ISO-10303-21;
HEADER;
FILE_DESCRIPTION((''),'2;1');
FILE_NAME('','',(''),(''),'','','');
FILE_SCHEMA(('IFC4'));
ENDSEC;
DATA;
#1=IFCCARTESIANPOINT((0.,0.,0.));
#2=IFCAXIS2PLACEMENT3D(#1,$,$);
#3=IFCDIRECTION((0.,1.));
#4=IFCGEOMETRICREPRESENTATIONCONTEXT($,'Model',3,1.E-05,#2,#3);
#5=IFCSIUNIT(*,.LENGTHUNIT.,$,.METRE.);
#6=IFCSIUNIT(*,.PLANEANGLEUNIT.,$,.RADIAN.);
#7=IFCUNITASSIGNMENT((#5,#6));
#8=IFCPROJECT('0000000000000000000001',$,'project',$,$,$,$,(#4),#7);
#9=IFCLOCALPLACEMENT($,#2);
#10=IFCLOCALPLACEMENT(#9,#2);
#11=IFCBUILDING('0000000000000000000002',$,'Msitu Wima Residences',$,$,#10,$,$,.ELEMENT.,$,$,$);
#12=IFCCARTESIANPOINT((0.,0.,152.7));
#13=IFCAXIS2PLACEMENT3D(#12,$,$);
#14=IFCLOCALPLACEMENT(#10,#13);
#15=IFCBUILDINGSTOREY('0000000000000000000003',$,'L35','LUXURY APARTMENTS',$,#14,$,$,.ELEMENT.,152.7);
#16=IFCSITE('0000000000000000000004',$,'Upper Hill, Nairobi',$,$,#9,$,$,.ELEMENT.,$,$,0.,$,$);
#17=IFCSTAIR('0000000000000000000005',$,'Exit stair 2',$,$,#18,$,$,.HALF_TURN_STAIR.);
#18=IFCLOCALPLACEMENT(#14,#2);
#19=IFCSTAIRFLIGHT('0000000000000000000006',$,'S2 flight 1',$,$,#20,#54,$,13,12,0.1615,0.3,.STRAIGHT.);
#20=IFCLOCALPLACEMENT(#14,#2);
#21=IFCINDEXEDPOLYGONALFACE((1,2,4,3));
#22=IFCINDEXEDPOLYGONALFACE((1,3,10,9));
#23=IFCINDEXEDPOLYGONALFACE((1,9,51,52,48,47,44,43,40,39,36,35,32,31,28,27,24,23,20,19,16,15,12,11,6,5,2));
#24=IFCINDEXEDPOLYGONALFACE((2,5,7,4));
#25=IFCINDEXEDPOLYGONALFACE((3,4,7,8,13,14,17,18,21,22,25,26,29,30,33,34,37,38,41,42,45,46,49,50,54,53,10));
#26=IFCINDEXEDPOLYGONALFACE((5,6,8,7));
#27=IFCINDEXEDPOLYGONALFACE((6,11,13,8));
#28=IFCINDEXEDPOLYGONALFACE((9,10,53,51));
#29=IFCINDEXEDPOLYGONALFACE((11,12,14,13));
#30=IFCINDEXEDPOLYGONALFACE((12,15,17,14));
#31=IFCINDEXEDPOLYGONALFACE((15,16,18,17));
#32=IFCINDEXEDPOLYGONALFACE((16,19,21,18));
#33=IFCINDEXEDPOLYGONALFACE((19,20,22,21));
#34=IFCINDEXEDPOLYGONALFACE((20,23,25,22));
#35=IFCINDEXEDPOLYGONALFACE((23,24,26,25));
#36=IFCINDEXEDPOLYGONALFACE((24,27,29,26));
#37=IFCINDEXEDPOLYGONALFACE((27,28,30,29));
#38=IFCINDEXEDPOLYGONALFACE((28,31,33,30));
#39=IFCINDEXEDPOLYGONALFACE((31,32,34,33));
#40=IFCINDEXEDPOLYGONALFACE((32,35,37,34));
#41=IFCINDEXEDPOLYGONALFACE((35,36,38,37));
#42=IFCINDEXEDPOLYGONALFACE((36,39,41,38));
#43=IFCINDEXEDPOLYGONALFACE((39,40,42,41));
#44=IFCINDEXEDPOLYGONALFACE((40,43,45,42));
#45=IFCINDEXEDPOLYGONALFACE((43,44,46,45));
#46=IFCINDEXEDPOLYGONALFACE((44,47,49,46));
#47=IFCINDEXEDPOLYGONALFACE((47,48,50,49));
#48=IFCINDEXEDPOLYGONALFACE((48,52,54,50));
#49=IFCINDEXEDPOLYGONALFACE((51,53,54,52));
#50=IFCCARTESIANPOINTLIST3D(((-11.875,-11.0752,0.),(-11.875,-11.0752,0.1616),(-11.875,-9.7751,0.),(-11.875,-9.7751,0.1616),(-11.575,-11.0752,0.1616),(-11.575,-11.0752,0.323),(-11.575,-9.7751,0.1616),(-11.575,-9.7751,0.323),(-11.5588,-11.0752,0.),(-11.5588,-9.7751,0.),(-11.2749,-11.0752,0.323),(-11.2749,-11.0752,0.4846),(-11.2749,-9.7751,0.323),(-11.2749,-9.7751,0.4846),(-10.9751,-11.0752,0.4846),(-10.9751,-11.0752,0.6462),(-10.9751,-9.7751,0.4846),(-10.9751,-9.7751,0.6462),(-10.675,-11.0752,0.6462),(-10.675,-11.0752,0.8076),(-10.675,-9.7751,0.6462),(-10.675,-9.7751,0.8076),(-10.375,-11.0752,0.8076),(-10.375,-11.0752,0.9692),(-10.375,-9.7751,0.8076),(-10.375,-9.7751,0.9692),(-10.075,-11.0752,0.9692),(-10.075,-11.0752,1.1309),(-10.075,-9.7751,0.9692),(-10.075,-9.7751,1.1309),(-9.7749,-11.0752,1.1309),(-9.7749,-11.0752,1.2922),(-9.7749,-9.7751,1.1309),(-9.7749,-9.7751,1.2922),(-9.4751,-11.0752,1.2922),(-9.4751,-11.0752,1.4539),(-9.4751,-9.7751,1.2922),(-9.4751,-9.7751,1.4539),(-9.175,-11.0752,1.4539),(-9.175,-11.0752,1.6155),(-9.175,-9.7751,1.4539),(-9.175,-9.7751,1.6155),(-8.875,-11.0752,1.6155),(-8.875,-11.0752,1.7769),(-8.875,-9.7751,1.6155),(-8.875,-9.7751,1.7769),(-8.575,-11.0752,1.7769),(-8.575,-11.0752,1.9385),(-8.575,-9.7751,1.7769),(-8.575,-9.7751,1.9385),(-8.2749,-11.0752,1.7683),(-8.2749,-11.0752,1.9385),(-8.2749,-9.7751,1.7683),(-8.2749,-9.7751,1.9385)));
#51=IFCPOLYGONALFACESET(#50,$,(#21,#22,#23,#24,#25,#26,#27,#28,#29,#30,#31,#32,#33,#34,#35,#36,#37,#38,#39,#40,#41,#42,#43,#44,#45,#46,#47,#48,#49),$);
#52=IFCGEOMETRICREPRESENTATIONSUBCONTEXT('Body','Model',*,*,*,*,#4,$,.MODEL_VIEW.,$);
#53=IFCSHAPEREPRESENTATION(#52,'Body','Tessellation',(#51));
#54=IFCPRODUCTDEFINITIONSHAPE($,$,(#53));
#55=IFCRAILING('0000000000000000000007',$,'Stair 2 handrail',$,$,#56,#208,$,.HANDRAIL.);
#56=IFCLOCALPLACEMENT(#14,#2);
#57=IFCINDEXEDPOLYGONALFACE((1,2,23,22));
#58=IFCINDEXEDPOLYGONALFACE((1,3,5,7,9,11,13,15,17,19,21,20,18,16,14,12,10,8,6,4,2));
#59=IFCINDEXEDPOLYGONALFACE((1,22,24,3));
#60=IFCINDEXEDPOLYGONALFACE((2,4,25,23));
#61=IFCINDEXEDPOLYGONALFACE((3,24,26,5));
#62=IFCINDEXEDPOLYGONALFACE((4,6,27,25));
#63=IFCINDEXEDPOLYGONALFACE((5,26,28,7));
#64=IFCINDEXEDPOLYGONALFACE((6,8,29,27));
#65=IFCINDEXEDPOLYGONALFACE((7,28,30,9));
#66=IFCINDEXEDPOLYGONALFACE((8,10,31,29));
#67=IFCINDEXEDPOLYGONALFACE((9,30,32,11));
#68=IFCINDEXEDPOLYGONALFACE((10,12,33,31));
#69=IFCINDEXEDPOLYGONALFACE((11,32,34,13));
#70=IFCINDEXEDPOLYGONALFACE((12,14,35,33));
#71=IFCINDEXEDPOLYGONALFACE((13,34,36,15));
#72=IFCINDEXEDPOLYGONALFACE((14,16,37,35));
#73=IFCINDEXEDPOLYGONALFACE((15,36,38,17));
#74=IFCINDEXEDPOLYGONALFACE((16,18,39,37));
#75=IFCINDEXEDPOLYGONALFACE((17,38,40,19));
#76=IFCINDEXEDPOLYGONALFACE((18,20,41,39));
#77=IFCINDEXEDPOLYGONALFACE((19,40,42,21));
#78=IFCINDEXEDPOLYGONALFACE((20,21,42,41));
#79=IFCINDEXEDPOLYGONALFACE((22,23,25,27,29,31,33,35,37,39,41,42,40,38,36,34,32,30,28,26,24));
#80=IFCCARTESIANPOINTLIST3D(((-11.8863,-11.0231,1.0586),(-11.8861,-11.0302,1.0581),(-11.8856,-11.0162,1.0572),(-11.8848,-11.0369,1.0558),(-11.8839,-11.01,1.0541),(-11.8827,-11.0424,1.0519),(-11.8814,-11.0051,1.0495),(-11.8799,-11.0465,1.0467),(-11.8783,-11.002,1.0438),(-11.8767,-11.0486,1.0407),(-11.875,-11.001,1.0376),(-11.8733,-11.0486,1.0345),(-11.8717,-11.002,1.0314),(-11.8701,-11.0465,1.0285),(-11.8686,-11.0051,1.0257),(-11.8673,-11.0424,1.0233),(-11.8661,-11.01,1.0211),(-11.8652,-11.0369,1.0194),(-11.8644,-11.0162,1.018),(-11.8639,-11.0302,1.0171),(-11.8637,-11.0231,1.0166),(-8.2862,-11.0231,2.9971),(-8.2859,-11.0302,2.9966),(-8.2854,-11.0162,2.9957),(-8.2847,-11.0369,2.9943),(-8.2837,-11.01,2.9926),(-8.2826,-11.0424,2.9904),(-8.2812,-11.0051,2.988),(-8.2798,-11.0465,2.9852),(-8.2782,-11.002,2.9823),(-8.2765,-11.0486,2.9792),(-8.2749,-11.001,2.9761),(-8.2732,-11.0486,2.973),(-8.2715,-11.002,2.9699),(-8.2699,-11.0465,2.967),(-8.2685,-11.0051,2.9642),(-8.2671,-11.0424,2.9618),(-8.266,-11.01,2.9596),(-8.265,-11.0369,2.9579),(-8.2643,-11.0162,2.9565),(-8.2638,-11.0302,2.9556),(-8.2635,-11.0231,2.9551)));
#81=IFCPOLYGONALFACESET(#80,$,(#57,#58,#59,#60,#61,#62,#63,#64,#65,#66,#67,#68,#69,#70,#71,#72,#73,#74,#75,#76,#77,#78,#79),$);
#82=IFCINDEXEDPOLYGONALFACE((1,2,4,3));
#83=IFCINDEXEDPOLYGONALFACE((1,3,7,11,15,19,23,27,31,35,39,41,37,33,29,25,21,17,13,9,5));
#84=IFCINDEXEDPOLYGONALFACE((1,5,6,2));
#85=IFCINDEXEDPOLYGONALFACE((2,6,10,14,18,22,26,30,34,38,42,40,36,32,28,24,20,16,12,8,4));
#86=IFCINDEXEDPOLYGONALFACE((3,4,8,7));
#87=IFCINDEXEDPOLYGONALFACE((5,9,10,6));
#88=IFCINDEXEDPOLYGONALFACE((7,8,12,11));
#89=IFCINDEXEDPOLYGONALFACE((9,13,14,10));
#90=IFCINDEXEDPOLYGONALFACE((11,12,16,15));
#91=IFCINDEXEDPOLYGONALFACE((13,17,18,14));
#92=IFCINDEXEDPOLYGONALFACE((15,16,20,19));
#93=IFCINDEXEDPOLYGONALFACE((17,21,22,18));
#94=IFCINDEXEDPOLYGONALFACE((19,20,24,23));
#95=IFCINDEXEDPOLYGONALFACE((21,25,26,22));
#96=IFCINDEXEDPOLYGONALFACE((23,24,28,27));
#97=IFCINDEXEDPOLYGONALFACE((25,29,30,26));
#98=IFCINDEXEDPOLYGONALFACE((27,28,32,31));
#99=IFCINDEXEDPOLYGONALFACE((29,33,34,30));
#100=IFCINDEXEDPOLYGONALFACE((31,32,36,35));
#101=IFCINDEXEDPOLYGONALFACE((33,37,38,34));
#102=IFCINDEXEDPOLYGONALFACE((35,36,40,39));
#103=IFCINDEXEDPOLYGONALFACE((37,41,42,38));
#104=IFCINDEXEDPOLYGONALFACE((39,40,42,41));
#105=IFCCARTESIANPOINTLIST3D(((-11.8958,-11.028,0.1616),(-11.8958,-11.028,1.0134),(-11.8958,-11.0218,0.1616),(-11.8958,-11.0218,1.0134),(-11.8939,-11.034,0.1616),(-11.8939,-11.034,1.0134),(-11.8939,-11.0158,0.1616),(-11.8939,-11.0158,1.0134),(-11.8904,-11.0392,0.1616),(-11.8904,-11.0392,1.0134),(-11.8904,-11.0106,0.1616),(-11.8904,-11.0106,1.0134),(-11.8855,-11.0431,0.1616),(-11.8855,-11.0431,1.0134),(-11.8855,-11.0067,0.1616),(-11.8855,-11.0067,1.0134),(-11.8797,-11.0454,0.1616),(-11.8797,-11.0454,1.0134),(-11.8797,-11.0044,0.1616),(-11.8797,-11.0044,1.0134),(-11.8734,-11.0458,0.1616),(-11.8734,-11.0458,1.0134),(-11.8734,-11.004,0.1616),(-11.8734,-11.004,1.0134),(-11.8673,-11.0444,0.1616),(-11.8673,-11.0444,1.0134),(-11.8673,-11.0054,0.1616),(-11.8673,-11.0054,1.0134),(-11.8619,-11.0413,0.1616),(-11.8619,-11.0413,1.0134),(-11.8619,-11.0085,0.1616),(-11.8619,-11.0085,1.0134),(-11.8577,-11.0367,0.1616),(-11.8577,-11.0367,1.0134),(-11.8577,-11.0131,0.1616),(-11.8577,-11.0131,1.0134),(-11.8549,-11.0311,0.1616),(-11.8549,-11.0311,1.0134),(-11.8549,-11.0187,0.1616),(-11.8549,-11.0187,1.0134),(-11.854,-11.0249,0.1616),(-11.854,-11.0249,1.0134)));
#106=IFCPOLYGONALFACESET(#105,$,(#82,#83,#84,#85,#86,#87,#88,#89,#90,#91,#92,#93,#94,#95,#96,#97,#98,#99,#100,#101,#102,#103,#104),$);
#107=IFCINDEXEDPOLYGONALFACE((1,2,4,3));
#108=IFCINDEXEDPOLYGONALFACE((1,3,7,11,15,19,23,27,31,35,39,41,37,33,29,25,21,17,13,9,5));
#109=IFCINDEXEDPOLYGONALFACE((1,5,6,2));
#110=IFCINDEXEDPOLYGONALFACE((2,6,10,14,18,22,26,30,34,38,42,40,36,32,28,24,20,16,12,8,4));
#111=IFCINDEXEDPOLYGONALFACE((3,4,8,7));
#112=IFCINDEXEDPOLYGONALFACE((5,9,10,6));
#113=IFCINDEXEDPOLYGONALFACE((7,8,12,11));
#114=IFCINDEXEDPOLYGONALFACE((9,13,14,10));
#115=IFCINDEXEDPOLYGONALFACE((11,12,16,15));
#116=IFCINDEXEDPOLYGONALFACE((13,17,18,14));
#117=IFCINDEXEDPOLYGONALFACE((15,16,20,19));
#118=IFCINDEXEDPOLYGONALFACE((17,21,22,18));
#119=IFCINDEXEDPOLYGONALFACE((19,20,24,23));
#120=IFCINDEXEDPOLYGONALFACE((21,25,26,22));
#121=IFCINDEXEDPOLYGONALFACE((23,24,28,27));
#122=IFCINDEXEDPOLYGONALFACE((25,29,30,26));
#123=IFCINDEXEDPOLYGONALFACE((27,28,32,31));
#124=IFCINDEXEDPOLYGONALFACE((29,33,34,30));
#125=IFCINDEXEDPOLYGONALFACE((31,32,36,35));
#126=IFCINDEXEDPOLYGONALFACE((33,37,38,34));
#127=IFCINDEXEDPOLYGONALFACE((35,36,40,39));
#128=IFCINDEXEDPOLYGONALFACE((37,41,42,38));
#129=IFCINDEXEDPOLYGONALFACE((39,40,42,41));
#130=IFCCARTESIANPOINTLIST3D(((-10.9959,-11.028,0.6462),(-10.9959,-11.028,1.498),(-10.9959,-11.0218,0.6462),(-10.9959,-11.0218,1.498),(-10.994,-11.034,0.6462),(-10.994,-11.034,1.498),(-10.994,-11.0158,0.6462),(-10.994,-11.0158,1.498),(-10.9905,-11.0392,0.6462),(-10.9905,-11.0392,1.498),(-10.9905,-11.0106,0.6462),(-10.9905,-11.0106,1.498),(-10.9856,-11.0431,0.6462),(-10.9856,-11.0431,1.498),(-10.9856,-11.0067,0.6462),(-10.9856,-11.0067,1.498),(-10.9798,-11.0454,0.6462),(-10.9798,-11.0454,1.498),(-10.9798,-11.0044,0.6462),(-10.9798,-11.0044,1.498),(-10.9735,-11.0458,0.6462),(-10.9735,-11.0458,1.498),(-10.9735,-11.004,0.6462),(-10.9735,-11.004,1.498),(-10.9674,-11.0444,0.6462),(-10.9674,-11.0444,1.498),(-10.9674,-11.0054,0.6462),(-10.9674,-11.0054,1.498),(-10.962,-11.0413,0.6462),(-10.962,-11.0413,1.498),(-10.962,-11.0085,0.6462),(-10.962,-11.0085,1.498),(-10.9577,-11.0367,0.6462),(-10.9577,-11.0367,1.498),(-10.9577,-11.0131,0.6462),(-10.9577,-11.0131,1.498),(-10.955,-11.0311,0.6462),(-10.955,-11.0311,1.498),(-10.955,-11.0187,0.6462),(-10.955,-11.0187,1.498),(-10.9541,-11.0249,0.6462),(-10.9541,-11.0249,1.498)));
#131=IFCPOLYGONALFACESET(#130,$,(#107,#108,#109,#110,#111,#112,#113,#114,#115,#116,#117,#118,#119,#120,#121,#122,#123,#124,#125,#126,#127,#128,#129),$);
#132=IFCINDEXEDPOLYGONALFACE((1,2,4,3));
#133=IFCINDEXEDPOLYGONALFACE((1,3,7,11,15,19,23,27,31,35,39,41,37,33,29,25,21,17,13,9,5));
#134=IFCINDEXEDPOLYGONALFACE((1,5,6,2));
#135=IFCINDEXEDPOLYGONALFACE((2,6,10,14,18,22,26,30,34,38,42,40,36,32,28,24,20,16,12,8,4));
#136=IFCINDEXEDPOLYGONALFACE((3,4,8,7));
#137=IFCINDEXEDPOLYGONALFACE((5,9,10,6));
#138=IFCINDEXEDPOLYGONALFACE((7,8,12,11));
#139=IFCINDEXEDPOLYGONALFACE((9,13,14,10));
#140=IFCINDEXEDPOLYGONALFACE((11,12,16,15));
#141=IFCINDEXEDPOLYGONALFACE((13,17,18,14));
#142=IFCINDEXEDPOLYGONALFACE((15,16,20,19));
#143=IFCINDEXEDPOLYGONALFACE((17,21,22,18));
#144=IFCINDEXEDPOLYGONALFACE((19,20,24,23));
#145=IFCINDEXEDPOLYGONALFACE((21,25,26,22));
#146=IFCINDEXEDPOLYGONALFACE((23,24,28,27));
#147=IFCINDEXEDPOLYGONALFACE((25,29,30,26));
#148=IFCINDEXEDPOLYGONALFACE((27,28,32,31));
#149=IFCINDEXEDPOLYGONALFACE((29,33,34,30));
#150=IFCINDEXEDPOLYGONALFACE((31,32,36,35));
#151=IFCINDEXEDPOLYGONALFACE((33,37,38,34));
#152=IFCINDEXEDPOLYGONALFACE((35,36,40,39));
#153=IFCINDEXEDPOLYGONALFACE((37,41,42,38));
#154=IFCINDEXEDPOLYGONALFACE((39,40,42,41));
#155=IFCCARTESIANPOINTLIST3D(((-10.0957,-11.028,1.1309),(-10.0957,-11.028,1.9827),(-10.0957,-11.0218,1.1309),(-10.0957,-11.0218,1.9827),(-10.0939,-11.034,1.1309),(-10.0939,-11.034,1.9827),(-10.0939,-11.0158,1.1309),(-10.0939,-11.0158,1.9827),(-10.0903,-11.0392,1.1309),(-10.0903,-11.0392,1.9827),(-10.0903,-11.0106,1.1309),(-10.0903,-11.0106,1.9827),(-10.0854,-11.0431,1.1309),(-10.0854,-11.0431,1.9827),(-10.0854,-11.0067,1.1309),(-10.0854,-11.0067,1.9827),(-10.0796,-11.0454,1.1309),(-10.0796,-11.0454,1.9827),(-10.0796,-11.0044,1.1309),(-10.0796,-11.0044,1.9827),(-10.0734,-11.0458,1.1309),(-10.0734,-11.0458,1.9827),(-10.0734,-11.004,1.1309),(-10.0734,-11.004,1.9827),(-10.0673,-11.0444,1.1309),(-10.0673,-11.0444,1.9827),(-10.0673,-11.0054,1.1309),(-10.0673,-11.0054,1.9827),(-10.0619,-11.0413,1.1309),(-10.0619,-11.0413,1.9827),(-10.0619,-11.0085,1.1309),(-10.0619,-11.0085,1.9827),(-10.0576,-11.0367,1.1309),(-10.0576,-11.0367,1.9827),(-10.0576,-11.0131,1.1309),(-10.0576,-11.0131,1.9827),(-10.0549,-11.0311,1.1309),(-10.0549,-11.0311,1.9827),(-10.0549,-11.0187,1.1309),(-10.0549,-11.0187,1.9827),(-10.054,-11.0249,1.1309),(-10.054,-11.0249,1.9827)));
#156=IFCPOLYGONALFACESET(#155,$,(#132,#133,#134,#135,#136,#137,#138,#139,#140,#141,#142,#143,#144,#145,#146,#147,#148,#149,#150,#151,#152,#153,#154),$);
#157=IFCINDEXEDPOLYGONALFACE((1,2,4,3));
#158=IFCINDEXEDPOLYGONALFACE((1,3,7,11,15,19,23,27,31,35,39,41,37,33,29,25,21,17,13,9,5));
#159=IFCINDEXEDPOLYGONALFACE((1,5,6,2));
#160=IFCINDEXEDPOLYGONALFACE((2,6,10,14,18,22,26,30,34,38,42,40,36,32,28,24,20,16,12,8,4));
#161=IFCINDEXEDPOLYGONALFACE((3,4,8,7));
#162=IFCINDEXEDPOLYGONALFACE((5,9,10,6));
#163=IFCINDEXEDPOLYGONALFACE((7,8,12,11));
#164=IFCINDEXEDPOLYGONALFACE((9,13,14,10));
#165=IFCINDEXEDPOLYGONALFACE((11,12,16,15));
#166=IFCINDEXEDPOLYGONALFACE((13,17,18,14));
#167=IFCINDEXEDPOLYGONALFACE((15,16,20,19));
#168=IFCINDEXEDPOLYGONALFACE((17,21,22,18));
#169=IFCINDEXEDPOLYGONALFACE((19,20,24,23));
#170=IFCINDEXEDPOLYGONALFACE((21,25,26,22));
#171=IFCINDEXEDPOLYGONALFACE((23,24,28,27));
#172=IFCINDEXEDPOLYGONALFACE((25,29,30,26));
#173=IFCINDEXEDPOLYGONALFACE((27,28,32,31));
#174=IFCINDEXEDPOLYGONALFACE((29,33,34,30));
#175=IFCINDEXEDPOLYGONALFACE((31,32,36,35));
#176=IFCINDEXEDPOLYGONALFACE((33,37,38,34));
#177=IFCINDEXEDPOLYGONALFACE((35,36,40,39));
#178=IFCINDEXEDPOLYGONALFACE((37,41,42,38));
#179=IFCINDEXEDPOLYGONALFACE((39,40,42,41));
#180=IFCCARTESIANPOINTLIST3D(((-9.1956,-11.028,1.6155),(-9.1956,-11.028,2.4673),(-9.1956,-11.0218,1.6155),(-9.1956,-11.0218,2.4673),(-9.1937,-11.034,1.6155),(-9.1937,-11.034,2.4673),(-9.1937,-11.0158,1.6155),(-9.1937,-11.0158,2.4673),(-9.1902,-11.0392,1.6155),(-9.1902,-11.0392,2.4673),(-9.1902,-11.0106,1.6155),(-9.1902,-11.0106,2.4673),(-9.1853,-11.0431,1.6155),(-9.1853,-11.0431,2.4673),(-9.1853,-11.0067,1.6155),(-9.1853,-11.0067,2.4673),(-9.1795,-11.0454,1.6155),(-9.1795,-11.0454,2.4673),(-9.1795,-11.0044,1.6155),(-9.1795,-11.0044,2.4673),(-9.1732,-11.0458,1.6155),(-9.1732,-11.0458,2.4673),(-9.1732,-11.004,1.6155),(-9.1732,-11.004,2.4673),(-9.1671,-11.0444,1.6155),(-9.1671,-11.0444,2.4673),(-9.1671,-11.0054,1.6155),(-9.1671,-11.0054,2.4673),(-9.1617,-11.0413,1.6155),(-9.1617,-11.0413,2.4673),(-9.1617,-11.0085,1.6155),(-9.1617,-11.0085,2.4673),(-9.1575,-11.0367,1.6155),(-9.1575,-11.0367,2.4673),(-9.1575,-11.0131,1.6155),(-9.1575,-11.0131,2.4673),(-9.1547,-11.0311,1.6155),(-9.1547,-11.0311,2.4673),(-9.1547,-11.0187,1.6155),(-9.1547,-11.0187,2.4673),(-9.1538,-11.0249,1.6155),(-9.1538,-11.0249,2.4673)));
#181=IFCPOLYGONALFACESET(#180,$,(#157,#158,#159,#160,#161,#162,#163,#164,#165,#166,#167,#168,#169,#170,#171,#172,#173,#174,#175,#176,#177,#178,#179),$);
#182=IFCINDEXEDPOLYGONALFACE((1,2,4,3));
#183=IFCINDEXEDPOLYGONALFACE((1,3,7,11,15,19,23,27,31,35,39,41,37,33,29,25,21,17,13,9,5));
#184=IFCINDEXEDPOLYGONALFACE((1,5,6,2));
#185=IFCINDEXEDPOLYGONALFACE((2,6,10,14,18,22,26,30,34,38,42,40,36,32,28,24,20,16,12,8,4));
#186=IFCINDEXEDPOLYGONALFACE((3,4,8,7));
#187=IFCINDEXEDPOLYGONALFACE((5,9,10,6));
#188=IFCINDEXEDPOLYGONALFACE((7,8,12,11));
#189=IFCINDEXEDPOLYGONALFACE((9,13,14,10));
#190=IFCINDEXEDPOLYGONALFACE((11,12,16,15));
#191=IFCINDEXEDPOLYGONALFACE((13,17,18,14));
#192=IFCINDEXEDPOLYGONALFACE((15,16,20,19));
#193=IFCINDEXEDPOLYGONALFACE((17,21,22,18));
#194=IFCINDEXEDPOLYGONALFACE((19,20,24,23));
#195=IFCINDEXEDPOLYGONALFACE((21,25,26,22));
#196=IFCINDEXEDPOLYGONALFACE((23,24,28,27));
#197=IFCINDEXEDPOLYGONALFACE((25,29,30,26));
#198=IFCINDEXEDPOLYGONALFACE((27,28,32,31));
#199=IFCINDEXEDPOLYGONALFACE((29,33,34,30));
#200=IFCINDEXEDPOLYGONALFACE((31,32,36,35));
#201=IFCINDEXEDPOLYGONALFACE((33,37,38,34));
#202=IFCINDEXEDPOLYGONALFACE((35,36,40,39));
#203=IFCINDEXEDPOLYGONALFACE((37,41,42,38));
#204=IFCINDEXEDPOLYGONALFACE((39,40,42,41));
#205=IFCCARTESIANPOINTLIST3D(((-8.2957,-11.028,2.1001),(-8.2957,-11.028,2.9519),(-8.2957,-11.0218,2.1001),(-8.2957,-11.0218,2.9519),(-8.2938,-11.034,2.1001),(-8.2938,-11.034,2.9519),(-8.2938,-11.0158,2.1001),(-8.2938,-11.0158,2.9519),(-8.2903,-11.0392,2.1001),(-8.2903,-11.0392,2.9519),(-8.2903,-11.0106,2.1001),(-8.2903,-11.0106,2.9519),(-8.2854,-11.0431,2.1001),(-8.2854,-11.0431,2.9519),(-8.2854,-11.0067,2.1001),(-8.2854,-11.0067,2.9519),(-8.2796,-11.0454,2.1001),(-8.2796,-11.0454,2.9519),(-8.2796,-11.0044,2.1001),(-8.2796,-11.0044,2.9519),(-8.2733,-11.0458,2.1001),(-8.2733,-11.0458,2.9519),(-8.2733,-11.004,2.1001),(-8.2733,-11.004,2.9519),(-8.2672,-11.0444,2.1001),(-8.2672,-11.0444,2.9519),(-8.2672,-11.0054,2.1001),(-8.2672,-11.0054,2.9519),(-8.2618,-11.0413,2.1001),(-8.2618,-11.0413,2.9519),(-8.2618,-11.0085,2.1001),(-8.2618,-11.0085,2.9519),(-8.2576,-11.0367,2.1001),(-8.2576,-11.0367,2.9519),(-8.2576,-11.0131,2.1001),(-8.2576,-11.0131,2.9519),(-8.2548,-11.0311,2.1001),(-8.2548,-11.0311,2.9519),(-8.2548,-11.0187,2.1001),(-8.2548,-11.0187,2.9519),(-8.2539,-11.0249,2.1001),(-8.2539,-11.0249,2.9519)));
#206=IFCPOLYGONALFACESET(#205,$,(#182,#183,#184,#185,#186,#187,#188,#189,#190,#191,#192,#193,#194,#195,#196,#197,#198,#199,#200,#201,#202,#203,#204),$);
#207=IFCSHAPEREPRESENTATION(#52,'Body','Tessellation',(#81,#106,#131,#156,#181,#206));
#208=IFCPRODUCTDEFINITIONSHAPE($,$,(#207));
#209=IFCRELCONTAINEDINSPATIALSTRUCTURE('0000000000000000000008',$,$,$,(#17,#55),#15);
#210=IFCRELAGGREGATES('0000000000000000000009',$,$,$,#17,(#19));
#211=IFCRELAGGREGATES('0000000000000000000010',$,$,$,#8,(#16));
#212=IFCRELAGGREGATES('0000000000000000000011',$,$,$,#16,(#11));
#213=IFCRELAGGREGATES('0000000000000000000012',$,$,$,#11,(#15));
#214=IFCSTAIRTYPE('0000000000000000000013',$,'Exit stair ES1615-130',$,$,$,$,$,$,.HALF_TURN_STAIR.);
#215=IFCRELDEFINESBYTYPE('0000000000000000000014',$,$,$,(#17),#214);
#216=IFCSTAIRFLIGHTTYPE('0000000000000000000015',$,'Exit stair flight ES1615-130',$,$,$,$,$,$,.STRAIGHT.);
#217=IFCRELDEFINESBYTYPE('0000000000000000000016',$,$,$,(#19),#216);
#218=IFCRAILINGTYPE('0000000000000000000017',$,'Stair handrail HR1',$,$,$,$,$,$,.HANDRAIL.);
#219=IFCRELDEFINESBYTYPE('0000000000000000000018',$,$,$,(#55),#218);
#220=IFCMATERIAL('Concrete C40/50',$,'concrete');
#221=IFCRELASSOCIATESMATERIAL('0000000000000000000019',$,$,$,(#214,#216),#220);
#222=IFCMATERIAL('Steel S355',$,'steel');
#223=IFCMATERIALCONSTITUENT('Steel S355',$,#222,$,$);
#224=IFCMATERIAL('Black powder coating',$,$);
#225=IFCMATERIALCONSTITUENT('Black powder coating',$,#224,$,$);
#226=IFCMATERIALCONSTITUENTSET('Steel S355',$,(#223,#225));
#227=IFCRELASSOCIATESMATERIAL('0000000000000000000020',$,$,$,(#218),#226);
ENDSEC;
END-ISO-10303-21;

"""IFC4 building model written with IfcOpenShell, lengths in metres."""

from ifc_helpers import new_model, si_unit, direction, frame, origin, origin_2d, place, context, subcontext, project, spatial, polyline, circle, outline, extrude, material, constituent, constituent_set, type_object, element, aggregate, save


model = new_model("IFC4")

# Units and contexts
model_context = context("Model", 3, precision=1e-05, world=origin(), true_north=direction((0.0, 1.0)))
body_context = subcontext(model_context, "Body", "Model", "MODEL_VIEW")
ifc_project = project(units=[si_unit("LENGTHUNIT", "METRE"), si_unit("PLANEANGLEUNIT", "RADIAN")], contexts=[model_context])

# Site, building, storey
site_placement = place(None, origin())
site = spatial("IfcSite", under=ifc_project, at=site_placement, Name="Upper Hill, Nairobi", CompositionType="ELEMENT", RefElevation=0.0)
building_placement = place(site_placement, origin())
building = spatial("IfcBuilding", under=site, at=building_placement, Name="Msitu Wima Residences", CompositionType="ELEMENT")
storey_placement = place(building_placement, frame((0.0, 0.0, 152.7)))
storey = spatial("IfcBuildingStorey", under=building, at=storey_placement, Name="L35", Description="LUXURY APARTMENTS", CompositionType="ELEMENT", Elevation=152.7)

# Stair, stair flight
ifc_material_1 = material(Name="Concrete C40/50", Category="concrete")
stair_type = type_object("IfcStairType", Name="Exit stair ES1615-130", PredefinedType="HALF_TURN_STAIR", material=ifc_material_1)
stair_placement = place(storey_placement, origin())
stair = element("IfcStair", 1, at=stair_placement, inside=storey, type_object=stair_type, Name="Exit stair 2", PredefinedType="HALF_TURN_STAIR")
stair_flight_type = type_object("IfcStairFlightType", Name="Exit stair flight ES1615-130", PredefinedType="STRAIGHT", material=ifc_material_1)
stair_flight_placement = place(storey_placement, frame((-11.875, -10.425, 0.0), z_axis=(0.0, 0.0, 1.0), x_axis=(1.0, 0.0, 0.0)))
stair_flight = element("IfcStairFlight", 2, at=stair_flight_placement, type_object=stair_flight_type, Name="S2 flight 1", NumberOfRisers=13, NumberOfTreads=12, PredefinedType="STRAIGHT", RiserHeight=0.1615, TreadLength=0.3, context=body_context, shape_type="SweptSolid", body=[
    extrude(outline(polyline([(0.0, 0.0), (0.0, 0.1616), (0.3, 0.1616), (0.3, 0.323), (0.6001, 0.323), (0.6001, 0.4846), (0.8999, 0.4846), (0.8999, 0.6462), (1.2, 0.6462), (1.2, 0.8076), (1.5, 0.8076), (1.5, 0.9692), (1.8, 0.9692), (1.8, 1.1309), (2.1001, 1.1309), (2.1001, 1.2922), (2.3999, 1.2922), (2.3999, 1.4539), (2.7, 1.4539), (2.7, 1.6155), (3.0, 1.6155), (3.0, 1.7769), (3.3, 1.7769), (3.3, 1.9385), (3.6001, 1.9385), (3.6001, 2.1001), (3.6001, 1.7683), (0.3162, 0.0), (0.0, 0.0)])), frame((0.0, 0.6499, 0.0), z_axis=(0.0, -1.0, 0.0), x_axis=(1.0, 0.0, 0.0)), (0.0, 0.0, 1.0), 1.3),
])
aggregate(stair, [stair_flight])

# Railing
ifc_material_2 = material(Name="Steel S355", Category="steel")
ifc_constituent_1 = constituent(ifc_material_2, Name="Steel S355")
ifc_material_3 = material(Name="Black powder coating")
ifc_constituent_2 = constituent(ifc_material_3, Name="Black powder coating")
ifc_constituent_set = constituent_set(constituents=[ifc_constituent_1, ifc_constituent_2], Name="Steel S355")
railing_type = type_object("IfcRailingType", Name="Stair handrail HR1", PredefinedType="HANDRAIL", material=ifc_constituent_set)
for number, where, name in (
    (3, (-11.875, -11.0249, 0.1616), "Stair 2 handrail"),
):
    element("IfcRailing", number, at=place(storey_placement, frame(where)), inside=storey, type_object=railing_type, Name=name, PredefinedType="HANDRAIL", context=body_context, shape_type="SweptSolid", body=[
        extrude(circle(Radius=0.0239, at=origin_2d()), frame((0.0, 0.0, 0.876), z_axis=(0.880475, 0.0, 0.474093), x_axis=(0.0, 1.0, 0.0)), (0.0, 0.0, 1.0), 4.0889),
        extrude(circle(Radius=0.021, at=origin_2d()), origin(), (0.0, 0.0, 1.0), 0.8518),
        extrude(circle(Radius=0.021, at=origin_2d()), frame((0.8999, 0.0, 0.4846)), (0.0, 0.0, 1.0), 0.8518),
        extrude(circle(Radius=0.021, at=origin_2d()), frame((1.8, 0.0, 0.9692)), (0.0, 0.0, 1.0), 0.8518),
        extrude(circle(Radius=0.021, at=origin_2d()), frame((2.7002, 0.0, 1.4539)), (0.0, 0.0, 1.0), 0.8518),
        extrude(circle(Radius=0.021, at=origin_2d()), frame((3.6001, 0.0, 1.9385)), (0.0, 0.0, 1.0), 0.8518),
    ])

save(model, "model.ifc")
